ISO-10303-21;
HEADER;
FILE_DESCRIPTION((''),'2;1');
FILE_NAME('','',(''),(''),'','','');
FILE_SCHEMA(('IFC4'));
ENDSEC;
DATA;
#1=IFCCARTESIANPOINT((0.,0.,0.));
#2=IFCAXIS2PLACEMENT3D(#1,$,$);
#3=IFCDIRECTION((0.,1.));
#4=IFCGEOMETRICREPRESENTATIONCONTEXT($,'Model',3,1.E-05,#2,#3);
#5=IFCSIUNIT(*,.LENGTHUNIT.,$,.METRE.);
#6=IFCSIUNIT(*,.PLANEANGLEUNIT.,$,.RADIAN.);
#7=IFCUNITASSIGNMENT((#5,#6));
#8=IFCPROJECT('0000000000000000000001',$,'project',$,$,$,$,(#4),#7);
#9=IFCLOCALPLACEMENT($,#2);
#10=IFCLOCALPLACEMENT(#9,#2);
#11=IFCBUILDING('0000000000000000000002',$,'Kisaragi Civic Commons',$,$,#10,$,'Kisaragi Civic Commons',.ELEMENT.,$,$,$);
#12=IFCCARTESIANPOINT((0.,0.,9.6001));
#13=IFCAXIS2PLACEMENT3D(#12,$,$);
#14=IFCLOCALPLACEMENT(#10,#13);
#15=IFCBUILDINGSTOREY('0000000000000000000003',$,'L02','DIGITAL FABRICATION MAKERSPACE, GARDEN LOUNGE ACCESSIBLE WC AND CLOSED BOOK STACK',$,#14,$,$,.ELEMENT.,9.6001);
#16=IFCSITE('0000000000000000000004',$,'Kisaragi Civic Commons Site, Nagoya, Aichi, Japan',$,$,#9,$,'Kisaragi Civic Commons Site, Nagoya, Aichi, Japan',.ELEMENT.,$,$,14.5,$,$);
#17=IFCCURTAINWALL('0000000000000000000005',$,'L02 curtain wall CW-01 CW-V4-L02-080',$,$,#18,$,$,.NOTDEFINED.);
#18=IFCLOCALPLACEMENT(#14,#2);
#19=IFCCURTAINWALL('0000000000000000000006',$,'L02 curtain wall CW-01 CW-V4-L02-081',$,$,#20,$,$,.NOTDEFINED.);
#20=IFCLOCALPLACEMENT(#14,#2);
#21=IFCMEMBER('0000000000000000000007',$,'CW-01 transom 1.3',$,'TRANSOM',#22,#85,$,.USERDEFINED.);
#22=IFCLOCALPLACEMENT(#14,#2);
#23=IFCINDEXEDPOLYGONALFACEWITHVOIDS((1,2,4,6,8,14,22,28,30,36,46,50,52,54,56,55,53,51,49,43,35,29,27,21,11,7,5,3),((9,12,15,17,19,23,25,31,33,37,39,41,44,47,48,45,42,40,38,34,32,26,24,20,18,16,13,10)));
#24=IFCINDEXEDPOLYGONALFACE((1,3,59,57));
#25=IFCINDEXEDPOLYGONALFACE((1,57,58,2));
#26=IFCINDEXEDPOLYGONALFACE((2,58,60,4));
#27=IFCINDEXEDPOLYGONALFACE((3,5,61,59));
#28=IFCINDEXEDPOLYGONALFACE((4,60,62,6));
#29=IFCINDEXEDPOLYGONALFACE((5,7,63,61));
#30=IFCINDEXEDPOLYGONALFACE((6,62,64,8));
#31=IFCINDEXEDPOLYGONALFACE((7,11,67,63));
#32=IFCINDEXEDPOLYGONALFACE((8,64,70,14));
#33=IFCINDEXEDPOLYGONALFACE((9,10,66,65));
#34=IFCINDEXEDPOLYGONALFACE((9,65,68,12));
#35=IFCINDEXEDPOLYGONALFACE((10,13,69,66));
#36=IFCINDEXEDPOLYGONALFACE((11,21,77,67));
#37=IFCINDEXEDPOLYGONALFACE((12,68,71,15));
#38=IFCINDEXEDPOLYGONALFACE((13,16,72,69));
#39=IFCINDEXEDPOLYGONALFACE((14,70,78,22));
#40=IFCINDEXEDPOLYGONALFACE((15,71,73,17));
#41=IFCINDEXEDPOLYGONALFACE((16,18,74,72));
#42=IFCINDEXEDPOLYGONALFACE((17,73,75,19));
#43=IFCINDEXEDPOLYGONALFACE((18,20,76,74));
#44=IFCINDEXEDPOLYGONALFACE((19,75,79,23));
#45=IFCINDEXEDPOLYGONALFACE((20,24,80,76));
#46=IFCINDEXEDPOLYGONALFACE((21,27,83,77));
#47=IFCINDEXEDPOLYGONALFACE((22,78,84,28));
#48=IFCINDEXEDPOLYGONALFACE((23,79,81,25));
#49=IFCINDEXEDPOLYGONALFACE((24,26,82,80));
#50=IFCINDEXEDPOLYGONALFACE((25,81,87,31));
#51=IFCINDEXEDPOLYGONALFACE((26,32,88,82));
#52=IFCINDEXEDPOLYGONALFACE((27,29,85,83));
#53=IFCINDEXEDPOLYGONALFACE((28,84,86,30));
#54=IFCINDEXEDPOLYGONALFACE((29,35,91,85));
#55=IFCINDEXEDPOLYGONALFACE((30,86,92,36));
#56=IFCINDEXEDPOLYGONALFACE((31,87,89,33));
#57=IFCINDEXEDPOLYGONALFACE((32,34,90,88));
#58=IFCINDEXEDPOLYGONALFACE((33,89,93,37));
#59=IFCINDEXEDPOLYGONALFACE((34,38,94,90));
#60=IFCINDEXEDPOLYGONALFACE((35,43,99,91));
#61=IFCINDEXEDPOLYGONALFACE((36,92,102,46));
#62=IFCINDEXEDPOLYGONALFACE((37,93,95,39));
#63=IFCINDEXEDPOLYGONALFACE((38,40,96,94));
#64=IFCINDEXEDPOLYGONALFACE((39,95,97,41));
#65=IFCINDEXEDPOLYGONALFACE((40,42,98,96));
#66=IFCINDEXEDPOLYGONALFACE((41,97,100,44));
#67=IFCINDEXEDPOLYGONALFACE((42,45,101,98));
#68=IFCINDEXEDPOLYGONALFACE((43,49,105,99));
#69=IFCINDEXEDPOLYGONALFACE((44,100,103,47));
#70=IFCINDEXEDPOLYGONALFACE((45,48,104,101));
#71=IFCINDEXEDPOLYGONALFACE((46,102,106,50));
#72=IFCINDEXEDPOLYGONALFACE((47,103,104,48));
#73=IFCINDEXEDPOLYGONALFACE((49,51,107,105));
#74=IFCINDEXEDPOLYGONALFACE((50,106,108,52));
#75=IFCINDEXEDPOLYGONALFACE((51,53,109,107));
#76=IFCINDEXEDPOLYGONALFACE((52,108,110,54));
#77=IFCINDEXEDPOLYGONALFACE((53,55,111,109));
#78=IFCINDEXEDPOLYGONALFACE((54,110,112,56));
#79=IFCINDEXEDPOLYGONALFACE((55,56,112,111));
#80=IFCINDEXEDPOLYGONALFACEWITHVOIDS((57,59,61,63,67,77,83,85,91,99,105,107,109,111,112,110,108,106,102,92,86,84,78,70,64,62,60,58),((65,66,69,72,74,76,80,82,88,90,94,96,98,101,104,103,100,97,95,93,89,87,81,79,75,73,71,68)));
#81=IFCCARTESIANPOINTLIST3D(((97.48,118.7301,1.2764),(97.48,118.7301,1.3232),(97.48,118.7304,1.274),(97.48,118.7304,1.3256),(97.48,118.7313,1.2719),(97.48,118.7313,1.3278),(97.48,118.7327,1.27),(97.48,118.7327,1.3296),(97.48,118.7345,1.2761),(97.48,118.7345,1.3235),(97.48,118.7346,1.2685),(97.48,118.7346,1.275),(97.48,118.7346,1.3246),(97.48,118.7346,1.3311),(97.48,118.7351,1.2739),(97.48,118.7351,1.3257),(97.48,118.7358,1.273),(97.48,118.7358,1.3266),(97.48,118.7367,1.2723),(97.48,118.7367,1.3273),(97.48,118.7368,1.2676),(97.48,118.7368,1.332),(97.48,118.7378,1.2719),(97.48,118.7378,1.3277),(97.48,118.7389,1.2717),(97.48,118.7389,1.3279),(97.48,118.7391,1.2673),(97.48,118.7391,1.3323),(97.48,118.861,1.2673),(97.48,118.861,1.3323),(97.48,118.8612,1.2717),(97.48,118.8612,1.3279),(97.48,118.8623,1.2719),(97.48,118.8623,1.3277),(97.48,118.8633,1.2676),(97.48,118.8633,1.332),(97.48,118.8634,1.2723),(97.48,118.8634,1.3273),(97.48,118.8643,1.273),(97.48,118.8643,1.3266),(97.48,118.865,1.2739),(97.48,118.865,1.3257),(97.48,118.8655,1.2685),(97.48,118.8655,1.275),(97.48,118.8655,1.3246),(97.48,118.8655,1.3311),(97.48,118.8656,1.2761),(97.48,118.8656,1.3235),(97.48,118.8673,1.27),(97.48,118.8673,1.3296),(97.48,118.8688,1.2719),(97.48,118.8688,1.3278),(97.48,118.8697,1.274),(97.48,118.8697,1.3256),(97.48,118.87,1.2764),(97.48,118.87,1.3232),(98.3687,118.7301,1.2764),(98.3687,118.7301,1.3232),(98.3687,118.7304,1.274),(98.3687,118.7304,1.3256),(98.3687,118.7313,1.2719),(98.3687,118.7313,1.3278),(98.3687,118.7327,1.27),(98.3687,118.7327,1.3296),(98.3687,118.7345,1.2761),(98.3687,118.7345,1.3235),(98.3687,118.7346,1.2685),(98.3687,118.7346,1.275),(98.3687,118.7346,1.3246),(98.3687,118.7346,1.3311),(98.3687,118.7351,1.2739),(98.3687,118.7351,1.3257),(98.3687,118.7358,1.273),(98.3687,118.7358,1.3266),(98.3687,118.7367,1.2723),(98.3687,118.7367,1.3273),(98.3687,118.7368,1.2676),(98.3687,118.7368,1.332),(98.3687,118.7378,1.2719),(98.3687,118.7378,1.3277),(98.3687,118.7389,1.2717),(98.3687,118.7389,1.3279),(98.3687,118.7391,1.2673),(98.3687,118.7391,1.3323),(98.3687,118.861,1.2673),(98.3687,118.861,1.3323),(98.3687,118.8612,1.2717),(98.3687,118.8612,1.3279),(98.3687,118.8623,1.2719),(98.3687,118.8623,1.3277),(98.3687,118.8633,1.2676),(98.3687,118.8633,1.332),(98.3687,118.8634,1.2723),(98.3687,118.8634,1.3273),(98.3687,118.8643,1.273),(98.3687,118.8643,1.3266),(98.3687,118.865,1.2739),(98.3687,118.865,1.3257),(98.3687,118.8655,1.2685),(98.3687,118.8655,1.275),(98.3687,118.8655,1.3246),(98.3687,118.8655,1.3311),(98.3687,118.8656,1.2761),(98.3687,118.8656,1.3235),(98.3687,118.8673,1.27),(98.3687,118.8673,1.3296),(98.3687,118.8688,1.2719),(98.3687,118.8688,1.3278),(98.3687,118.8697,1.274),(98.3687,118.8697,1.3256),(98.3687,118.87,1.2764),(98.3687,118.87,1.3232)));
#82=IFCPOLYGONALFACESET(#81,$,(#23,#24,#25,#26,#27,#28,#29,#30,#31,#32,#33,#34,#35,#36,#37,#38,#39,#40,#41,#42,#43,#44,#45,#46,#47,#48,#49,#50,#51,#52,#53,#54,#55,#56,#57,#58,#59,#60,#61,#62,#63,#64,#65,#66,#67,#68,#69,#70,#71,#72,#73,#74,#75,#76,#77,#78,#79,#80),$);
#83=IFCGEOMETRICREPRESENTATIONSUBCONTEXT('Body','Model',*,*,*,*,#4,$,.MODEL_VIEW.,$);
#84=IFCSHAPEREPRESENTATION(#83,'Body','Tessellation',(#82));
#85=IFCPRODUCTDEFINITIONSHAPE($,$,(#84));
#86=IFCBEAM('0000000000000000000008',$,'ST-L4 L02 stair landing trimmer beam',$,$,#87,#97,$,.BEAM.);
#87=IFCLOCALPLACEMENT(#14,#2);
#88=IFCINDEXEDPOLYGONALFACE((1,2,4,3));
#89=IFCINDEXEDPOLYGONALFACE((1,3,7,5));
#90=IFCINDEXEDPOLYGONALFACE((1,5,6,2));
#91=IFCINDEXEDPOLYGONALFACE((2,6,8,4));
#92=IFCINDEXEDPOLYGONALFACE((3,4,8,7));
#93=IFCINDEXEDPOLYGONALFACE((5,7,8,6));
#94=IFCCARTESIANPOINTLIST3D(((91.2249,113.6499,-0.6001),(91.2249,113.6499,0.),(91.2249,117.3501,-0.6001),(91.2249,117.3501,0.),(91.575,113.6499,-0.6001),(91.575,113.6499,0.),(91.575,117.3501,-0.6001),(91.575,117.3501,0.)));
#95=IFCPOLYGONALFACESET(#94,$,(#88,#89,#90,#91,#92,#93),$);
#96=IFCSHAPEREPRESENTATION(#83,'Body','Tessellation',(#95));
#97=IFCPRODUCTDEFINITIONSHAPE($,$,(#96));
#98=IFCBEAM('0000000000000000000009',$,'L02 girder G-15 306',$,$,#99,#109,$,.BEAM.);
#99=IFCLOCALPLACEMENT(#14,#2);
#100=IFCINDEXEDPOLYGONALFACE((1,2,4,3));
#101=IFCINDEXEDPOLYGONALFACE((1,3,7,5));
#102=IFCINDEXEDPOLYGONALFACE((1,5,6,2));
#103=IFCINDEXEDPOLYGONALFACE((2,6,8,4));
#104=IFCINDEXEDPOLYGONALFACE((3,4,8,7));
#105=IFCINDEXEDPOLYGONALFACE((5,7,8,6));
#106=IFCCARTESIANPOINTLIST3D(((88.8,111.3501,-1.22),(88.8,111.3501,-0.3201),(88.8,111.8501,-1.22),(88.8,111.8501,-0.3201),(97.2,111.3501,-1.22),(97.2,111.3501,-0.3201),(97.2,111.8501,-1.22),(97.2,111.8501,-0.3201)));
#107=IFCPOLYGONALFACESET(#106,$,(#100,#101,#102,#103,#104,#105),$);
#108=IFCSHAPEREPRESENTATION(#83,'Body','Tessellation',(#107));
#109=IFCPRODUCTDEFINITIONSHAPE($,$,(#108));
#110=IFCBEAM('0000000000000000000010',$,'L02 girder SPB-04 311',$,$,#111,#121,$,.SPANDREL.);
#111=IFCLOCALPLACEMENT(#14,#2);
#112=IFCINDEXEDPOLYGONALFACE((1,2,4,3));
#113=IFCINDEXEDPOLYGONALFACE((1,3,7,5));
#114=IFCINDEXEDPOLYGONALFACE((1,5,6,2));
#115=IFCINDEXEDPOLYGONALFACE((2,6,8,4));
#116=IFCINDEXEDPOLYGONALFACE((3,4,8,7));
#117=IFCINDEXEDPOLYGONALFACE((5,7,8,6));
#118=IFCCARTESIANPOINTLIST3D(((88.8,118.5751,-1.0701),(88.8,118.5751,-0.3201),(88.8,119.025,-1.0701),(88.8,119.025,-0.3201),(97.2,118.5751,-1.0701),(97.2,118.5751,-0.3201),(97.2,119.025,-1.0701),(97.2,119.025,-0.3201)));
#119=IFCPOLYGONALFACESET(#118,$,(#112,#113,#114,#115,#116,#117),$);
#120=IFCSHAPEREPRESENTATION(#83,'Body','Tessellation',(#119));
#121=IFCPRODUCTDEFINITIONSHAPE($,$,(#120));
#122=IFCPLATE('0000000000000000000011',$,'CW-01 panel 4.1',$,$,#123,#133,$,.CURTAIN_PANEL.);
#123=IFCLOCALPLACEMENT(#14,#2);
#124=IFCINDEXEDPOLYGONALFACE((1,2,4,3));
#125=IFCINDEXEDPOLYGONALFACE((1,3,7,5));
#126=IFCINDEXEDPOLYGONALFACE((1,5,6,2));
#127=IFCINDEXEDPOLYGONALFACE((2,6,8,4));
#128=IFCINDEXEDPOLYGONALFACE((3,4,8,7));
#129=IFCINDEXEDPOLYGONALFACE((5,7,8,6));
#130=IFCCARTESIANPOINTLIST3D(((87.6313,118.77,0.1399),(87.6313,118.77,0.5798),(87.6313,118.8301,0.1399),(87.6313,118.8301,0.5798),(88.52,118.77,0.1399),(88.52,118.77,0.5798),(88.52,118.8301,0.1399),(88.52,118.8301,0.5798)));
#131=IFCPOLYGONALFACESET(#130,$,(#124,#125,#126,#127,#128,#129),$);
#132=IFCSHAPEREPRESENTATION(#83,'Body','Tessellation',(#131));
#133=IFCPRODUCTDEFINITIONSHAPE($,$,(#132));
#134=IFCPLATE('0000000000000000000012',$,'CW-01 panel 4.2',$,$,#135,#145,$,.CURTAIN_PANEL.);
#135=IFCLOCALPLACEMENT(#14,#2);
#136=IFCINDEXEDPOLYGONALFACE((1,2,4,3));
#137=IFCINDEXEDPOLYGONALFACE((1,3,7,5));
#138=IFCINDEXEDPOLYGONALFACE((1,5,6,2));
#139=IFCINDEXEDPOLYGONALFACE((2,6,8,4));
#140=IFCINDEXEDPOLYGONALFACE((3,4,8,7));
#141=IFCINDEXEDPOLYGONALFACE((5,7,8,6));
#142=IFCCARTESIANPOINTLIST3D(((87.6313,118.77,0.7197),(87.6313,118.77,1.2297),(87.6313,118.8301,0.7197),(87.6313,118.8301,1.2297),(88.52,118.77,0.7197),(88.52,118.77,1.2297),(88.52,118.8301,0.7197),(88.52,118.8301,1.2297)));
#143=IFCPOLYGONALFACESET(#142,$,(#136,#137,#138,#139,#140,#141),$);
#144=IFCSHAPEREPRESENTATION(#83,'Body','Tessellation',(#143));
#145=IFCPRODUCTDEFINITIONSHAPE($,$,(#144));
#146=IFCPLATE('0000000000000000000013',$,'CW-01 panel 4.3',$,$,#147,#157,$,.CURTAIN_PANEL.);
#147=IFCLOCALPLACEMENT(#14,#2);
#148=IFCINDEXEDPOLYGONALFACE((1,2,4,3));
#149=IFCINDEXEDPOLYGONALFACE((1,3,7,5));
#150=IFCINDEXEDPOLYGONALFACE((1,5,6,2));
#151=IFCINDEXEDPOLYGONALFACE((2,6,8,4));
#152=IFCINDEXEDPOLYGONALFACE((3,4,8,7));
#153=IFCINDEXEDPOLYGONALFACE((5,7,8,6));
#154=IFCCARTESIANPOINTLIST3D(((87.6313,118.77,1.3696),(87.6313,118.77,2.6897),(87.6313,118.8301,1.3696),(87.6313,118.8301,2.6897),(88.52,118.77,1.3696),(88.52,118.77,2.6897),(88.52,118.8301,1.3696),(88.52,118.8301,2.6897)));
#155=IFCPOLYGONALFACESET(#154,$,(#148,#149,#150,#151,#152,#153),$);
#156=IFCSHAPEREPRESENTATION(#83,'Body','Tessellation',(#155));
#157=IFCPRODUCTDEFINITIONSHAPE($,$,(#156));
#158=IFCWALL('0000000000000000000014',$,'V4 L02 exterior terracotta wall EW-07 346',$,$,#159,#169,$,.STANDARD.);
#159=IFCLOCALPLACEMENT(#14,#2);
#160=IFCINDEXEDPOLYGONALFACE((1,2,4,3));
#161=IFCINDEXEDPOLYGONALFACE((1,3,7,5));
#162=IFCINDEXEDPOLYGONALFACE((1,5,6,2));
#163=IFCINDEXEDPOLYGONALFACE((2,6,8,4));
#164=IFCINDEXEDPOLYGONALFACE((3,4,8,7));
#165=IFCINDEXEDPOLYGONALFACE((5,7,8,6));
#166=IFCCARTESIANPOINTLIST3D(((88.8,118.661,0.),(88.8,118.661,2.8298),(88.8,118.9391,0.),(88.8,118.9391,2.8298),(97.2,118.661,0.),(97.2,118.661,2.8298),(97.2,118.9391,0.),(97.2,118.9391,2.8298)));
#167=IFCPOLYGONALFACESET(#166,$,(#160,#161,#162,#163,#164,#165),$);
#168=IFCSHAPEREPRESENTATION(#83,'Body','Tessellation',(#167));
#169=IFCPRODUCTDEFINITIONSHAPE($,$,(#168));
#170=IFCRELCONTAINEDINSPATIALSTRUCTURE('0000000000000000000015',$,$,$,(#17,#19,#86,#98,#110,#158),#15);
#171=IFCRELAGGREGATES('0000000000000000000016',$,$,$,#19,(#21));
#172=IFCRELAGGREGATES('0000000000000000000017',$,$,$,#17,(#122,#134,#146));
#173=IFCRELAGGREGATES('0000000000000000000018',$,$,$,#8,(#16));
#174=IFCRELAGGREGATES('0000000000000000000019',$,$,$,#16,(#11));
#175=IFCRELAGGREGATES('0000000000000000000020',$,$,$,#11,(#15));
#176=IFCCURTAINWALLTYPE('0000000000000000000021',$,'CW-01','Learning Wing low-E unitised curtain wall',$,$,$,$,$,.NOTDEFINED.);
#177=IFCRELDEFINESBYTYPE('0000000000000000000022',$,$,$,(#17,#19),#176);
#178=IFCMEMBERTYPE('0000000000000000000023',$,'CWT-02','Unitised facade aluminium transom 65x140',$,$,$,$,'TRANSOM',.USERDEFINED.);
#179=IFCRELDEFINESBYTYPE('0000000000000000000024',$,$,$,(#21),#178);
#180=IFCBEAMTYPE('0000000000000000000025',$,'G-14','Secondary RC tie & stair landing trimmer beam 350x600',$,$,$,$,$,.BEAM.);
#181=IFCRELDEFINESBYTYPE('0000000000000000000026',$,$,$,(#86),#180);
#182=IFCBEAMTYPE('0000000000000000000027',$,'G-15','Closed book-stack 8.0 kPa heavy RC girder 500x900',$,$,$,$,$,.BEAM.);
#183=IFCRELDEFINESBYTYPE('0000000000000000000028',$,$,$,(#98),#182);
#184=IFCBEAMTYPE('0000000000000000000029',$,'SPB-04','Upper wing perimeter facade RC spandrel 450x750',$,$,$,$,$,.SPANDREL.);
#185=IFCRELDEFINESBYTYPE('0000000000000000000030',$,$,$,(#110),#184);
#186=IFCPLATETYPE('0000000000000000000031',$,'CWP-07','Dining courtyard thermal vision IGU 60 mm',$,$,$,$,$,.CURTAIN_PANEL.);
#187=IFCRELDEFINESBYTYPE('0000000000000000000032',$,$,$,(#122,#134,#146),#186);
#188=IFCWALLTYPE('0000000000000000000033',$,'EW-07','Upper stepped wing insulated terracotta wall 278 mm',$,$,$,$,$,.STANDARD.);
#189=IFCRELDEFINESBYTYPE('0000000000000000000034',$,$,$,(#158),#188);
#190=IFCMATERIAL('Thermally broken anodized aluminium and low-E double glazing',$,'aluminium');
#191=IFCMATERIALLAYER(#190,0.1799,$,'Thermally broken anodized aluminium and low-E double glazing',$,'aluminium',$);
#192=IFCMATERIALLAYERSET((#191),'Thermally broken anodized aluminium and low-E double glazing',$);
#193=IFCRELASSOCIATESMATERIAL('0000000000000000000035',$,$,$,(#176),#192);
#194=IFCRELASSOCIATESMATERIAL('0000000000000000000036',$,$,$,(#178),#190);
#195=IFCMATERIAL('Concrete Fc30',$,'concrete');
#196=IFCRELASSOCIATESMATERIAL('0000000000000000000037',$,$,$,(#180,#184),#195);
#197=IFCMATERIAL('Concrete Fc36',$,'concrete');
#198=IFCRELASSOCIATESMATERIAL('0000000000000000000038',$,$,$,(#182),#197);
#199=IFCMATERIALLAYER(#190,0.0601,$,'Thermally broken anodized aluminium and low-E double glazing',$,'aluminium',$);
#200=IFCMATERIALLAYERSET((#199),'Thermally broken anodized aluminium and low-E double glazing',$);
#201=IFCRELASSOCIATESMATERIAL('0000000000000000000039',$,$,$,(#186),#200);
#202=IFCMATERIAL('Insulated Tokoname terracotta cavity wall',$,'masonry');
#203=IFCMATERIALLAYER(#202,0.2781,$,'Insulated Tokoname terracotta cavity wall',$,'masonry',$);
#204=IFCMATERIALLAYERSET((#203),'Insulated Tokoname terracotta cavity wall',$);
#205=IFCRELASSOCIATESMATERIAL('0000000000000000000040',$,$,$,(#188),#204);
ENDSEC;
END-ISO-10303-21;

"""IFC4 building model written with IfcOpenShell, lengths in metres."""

from ifc_helpers import new_model, si_unit, direction, frame, frame_2d, origin, origin_2d, place, context, subcontext, project, spatial, rectangle, hollow_rectangle, extrude, material, layer, layer_set, material_profile, profile_set, type_object, element, aggregate, save


model = new_model("IFC4")

# Units and contexts
model_context = context("Model", 3, precision=1e-05, world=origin(), true_north=direction((0.0, 1.0)))
body_context = subcontext(model_context, "Body", "Model", "MODEL_VIEW")
ifc_project = project(units=[si_unit("LENGTHUNIT", "METRE"), si_unit("PLANEANGLEUNIT", "RADIAN")], contexts=[model_context])

# Site, building, storey
site_placement = place(None, origin())
site = spatial("IfcSite", under=ifc_project, at=site_placement, Name="Kisaragi Civic Commons Site, Nagoya, Aichi, Japan", LongName="Kisaragi Civic Commons Site, Nagoya, Aichi, Japan", CompositionType="ELEMENT", RefElevation=14.5)
building_placement = place(site_placement, origin())
building = spatial("IfcBuilding", under=site, at=building_placement, Name="Kisaragi Civic Commons", LongName="Kisaragi Civic Commons", CompositionType="ELEMENT")
storey_placement = place(building_placement, frame((0.0, 0.0, 9.6001)))
storey = spatial("IfcBuildingStorey", under=building, at=storey_placement, Name="L02", Description="DIGITAL FABRICATION MAKERSPACE, GARDEN LOUNGE ACCESSIBLE WC AND CLOSED BOOK STACK", CompositionType="ELEMENT", Elevation=9.6001)

# Shared definitions
ifc_material_1 = material(Name="Concrete Fc36", Category="concrete")

# Curtain walls
ifc_material_2 = material(Name="Thermally broken anodized aluminium and low-E double glazing", Category="aluminium")
ifc_layer_1 = layer(ifc_material_2, 0.1799, Name="Thermally broken anodized aluminium and low-E double glazing", Category="aluminium")
ifc_layer_set_1 = layer_set([ifc_layer_1], Name="Thermally broken anodized aluminium and low-E double glazing")
curtain_wall_type = type_object("IfcCurtainWallType", Name="CW-01", Description="Learning Wing low-E unitised curtain wall", PredefinedType="NOTDEFINED", material=ifc_layer_set_1)
curtain_wall_1_placement = place(storey_placement, origin())
curtain_wall_1 = element("IfcCurtainWall", 1, at=curtain_wall_1_placement, inside=storey, type_object=curtain_wall_type, Name="L02 curtain wall CW-01 CW-V4-L02-080", PredefinedType="NOTDEFINED")
curtain_wall_2_placement = place(storey_placement, origin())
curtain_wall_2 = element("IfcCurtainWall", 2, at=curtain_wall_2_placement, inside=storey, type_object=curtain_wall_type, Name="L02 curtain wall CW-01 CW-V4-L02-081", PredefinedType="NOTDEFINED")

# Member
ifc_material_profile_1 = material_profile(ifc_material_2, hollow_rectangle(XDim=0.1399, YDim=0.0649, WallThickness=0.0044, InnerFilletRadius=0.0044, OuterFilletRadius=0.009, at=origin_2d()), Name="CWT-65x140x4.5", Category="aluminium")
ifc_profile_set_1 = profile_set([ifc_material_profile_1], Name="Thermally broken anodized aluminium and low-E double glazing")
member_type_1 = type_object("IfcMemberType", Name="CWT-02", Description="Unitised facade aluminium transom 65x140", ElementType="TRANSOM", PredefinedType="USERDEFINED", material=ifc_profile_set_1)
member_1_placement = place(storey_placement, frame((97.48, 118.8, 1.2998), z_axis=(1.0, 0.0, 0.0), x_axis=(0.0, 1.0, 0.0)))
member_1 = element("IfcMember", 3, at=member_1_placement, type_object=member_type_1, Name="CW-01 transom 1.3", ObjectType="TRANSOM", PredefinedType="USERDEFINED", context=body_context, shape_type="SweptSolid", body=[
    extrude(hollow_rectangle(XDim=0.1399, YDim=0.0649, WallThickness=0.0044, InnerFilletRadius=0.0044, OuterFilletRadius=0.009, at=origin_2d()), origin(), (0.0, 0.0, 1.0), 0.8887),
])
aggregate(curtain_wall_2, [member_1])

# Beams
ifc_material_3 = material(Name="Concrete Fc30", Category="concrete")
ifc_material_profile_2 = material_profile(ifc_material_3, rectangle(XDim=0.3501, YDim=0.6001, at=origin_2d()), Name="RC-350x600", Category="concrete")
ifc_profile_set_2 = profile_set([ifc_material_profile_2], Name="Concrete Fc30")
beam_type_1 = type_object("IfcBeamType", Name="G-14", Description="Secondary RC tie & stair landing trimmer beam 350x600", PredefinedType="BEAM", material=ifc_profile_set_2)
beam_1_placement = place(storey_placement, frame((91.3999, 113.6499, -0.3), z_axis=(0.0, 1.0, 0.0), x_axis=(-1.0, 0.0, 0.0)))
element("IfcBeam", 4, at=beam_1_placement, inside=storey, type_object=beam_type_1, Name="ST-L4 L02 stair landing trimmer beam", PredefinedType="BEAM", context=body_context, shape_type="SweptSolid", body=[
    extrude(rectangle(XDim=0.3501, YDim=0.6001, at=origin_2d()), origin(), (0.0, 0.0, 1.0), 3.7002),
])
ifc_material_profile_3 = material_profile(ifc_material_1, rectangle(XDim=0.5, YDim=0.8999, at=origin_2d()), Name="RC-500x900", Category="concrete")
ifc_profile_set_3 = profile_set([ifc_material_profile_3], Name="Concrete Fc36")
beam_type_2 = type_object("IfcBeamType", Name="G-15", Description="Closed book-stack 8.0 kPa heavy RC girder 500x900", PredefinedType="BEAM", material=ifc_profile_set_3)
beam_2_placement = place(storey_placement, frame((88.8, 111.6001, -0.77), z_axis=(1.0, 0.0, 0.0), x_axis=(0.0, 1.0, 0.0)))
element("IfcBeam", 5, at=beam_2_placement, inside=storey, type_object=beam_type_2, Name="L02 girder G-15 306", PredefinedType="BEAM", context=body_context, shape_type="SweptSolid", body=[
    extrude(rectangle(XDim=0.5, YDim=0.8999, at=origin_2d()), origin(), (0.0, 0.0, 1.0), 8.3999),
])
ifc_material_profile_4 = material_profile(ifc_material_3, rectangle(XDim=0.45, YDim=0.75, at=origin_2d()), Name="RC-450x750", Category="concrete")
ifc_profile_set_4 = profile_set([ifc_material_profile_4], Name="Concrete Fc30")
beam_type_3 = type_object("IfcBeamType", Name="SPB-04", Description="Upper wing perimeter facade RC spandrel 450x750", PredefinedType="SPANDREL", material=ifc_profile_set_4)
beam_3_placement = place(storey_placement, frame((88.8, 118.8, -0.6951), z_axis=(1.0, 0.0, 0.0), x_axis=(0.0, 1.0, 0.0)))
element("IfcBeam", 6, at=beam_3_placement, inside=storey, type_object=beam_type_3, Name="L02 girder SPB-04 311", PredefinedType="SPANDREL", context=body_context, shape_type="SweptSolid", body=[
    extrude(rectangle(XDim=0.45, YDim=0.75, at=origin_2d()), origin(), (0.0, 0.0, 1.0), 8.3999),
])

# Plates
ifc_layer_2 = layer(ifc_material_2, 0.0601, Name="Thermally broken anodized aluminium and low-E double glazing", Category="aluminium")
ifc_layer_set_2 = layer_set([ifc_layer_2], Name="Thermally broken anodized aluminium and low-E double glazing")
plate_type = type_object("IfcPlateType", Name="CWP-07", Description="Dining courtyard thermal vision IGU 60 mm", PredefinedType="CURTAIN_PANEL", material=ifc_layer_set_2)
plate_1_placement = place(storey_placement, frame((88.0757, 118.8, 0.1399), z_axis=(0.0, 0.0, 1.0), x_axis=(1.0, 0.0, 0.0)))
plate_1 = element("IfcPlate", 7, at=plate_1_placement, type_object=plate_type, Name="CW-01 panel 4.1", PredefinedType="CURTAIN_PANEL", context=body_context, shape_type="SweptSolid", body=[
    extrude(rectangle(XDim=0.8887, YDim=0.0601, at=origin_2d()), origin(), (0.0, 0.0, 1.0), 0.4399),
])
plate_2_placement = place(storey_placement, frame((88.0757, 118.8, 0.7197), z_axis=(0.0, 0.0, 1.0), x_axis=(1.0, 0.0, 0.0)))
plate_2 = element("IfcPlate", 8, at=plate_2_placement, type_object=plate_type, Name="CW-01 panel 4.2", PredefinedType="CURTAIN_PANEL", context=body_context, shape_type="SweptSolid", body=[
    extrude(rectangle(XDim=0.8887, YDim=0.0601, at=origin_2d()), origin(), (0.0, 0.0, 1.0), 0.51),
])
plate_3_placement = place(storey_placement, frame((88.0757, 118.8, 1.3696), z_axis=(0.0, 0.0, 1.0), x_axis=(1.0, 0.0, 0.0)))
plate_3 = element("IfcPlate", 9, at=plate_3_placement, type_object=plate_type, Name="CW-01 panel 4.3", PredefinedType="CURTAIN_PANEL", context=body_context, shape_type="SweptSolid", body=[
    extrude(rectangle(XDim=0.8887, YDim=0.0601, at=origin_2d()), origin(), (0.0, 0.0, 1.0), 1.3201),
])
aggregate(curtain_wall_1, [plate_1, plate_2, plate_3])

# Wall
ifc_material_4 = material(Name="Insulated Tokoname terracotta cavity wall", Category="masonry")
ifc_layer_3 = layer(ifc_material_4, 0.2781, Name="Insulated Tokoname terracotta cavity wall", Category="masonry")
ifc_layer_set_3 = layer_set([ifc_layer_3], Name="Insulated Tokoname terracotta cavity wall")
wall_type_1 = type_object("IfcWallType", Name="EW-07", Description="Upper stepped wing insulated terracotta wall 278 mm", PredefinedType="STANDARD", material=ifc_layer_set_3)
wall_1_placement = place(storey_placement, frame((88.8, 118.8, 0.0), z_axis=(0.0, 0.0, 1.0), x_axis=(1.0, 0.0, 0.0)))
element("IfcWall", 10, at=wall_1_placement, inside=storey, type_object=wall_type_1, Name="V4 L02 exterior terracotta wall EW-07 346", PredefinedType="STANDARD", context=body_context, shape_type="SweptSolid", body=[
    extrude(rectangle(XDim=8.3999, YDim=0.2781, at=frame_2d((4.2, 0.0))), origin(), (0.0, 0.0, 1.0), 2.8298),
])

save(model, "model.ifc")
